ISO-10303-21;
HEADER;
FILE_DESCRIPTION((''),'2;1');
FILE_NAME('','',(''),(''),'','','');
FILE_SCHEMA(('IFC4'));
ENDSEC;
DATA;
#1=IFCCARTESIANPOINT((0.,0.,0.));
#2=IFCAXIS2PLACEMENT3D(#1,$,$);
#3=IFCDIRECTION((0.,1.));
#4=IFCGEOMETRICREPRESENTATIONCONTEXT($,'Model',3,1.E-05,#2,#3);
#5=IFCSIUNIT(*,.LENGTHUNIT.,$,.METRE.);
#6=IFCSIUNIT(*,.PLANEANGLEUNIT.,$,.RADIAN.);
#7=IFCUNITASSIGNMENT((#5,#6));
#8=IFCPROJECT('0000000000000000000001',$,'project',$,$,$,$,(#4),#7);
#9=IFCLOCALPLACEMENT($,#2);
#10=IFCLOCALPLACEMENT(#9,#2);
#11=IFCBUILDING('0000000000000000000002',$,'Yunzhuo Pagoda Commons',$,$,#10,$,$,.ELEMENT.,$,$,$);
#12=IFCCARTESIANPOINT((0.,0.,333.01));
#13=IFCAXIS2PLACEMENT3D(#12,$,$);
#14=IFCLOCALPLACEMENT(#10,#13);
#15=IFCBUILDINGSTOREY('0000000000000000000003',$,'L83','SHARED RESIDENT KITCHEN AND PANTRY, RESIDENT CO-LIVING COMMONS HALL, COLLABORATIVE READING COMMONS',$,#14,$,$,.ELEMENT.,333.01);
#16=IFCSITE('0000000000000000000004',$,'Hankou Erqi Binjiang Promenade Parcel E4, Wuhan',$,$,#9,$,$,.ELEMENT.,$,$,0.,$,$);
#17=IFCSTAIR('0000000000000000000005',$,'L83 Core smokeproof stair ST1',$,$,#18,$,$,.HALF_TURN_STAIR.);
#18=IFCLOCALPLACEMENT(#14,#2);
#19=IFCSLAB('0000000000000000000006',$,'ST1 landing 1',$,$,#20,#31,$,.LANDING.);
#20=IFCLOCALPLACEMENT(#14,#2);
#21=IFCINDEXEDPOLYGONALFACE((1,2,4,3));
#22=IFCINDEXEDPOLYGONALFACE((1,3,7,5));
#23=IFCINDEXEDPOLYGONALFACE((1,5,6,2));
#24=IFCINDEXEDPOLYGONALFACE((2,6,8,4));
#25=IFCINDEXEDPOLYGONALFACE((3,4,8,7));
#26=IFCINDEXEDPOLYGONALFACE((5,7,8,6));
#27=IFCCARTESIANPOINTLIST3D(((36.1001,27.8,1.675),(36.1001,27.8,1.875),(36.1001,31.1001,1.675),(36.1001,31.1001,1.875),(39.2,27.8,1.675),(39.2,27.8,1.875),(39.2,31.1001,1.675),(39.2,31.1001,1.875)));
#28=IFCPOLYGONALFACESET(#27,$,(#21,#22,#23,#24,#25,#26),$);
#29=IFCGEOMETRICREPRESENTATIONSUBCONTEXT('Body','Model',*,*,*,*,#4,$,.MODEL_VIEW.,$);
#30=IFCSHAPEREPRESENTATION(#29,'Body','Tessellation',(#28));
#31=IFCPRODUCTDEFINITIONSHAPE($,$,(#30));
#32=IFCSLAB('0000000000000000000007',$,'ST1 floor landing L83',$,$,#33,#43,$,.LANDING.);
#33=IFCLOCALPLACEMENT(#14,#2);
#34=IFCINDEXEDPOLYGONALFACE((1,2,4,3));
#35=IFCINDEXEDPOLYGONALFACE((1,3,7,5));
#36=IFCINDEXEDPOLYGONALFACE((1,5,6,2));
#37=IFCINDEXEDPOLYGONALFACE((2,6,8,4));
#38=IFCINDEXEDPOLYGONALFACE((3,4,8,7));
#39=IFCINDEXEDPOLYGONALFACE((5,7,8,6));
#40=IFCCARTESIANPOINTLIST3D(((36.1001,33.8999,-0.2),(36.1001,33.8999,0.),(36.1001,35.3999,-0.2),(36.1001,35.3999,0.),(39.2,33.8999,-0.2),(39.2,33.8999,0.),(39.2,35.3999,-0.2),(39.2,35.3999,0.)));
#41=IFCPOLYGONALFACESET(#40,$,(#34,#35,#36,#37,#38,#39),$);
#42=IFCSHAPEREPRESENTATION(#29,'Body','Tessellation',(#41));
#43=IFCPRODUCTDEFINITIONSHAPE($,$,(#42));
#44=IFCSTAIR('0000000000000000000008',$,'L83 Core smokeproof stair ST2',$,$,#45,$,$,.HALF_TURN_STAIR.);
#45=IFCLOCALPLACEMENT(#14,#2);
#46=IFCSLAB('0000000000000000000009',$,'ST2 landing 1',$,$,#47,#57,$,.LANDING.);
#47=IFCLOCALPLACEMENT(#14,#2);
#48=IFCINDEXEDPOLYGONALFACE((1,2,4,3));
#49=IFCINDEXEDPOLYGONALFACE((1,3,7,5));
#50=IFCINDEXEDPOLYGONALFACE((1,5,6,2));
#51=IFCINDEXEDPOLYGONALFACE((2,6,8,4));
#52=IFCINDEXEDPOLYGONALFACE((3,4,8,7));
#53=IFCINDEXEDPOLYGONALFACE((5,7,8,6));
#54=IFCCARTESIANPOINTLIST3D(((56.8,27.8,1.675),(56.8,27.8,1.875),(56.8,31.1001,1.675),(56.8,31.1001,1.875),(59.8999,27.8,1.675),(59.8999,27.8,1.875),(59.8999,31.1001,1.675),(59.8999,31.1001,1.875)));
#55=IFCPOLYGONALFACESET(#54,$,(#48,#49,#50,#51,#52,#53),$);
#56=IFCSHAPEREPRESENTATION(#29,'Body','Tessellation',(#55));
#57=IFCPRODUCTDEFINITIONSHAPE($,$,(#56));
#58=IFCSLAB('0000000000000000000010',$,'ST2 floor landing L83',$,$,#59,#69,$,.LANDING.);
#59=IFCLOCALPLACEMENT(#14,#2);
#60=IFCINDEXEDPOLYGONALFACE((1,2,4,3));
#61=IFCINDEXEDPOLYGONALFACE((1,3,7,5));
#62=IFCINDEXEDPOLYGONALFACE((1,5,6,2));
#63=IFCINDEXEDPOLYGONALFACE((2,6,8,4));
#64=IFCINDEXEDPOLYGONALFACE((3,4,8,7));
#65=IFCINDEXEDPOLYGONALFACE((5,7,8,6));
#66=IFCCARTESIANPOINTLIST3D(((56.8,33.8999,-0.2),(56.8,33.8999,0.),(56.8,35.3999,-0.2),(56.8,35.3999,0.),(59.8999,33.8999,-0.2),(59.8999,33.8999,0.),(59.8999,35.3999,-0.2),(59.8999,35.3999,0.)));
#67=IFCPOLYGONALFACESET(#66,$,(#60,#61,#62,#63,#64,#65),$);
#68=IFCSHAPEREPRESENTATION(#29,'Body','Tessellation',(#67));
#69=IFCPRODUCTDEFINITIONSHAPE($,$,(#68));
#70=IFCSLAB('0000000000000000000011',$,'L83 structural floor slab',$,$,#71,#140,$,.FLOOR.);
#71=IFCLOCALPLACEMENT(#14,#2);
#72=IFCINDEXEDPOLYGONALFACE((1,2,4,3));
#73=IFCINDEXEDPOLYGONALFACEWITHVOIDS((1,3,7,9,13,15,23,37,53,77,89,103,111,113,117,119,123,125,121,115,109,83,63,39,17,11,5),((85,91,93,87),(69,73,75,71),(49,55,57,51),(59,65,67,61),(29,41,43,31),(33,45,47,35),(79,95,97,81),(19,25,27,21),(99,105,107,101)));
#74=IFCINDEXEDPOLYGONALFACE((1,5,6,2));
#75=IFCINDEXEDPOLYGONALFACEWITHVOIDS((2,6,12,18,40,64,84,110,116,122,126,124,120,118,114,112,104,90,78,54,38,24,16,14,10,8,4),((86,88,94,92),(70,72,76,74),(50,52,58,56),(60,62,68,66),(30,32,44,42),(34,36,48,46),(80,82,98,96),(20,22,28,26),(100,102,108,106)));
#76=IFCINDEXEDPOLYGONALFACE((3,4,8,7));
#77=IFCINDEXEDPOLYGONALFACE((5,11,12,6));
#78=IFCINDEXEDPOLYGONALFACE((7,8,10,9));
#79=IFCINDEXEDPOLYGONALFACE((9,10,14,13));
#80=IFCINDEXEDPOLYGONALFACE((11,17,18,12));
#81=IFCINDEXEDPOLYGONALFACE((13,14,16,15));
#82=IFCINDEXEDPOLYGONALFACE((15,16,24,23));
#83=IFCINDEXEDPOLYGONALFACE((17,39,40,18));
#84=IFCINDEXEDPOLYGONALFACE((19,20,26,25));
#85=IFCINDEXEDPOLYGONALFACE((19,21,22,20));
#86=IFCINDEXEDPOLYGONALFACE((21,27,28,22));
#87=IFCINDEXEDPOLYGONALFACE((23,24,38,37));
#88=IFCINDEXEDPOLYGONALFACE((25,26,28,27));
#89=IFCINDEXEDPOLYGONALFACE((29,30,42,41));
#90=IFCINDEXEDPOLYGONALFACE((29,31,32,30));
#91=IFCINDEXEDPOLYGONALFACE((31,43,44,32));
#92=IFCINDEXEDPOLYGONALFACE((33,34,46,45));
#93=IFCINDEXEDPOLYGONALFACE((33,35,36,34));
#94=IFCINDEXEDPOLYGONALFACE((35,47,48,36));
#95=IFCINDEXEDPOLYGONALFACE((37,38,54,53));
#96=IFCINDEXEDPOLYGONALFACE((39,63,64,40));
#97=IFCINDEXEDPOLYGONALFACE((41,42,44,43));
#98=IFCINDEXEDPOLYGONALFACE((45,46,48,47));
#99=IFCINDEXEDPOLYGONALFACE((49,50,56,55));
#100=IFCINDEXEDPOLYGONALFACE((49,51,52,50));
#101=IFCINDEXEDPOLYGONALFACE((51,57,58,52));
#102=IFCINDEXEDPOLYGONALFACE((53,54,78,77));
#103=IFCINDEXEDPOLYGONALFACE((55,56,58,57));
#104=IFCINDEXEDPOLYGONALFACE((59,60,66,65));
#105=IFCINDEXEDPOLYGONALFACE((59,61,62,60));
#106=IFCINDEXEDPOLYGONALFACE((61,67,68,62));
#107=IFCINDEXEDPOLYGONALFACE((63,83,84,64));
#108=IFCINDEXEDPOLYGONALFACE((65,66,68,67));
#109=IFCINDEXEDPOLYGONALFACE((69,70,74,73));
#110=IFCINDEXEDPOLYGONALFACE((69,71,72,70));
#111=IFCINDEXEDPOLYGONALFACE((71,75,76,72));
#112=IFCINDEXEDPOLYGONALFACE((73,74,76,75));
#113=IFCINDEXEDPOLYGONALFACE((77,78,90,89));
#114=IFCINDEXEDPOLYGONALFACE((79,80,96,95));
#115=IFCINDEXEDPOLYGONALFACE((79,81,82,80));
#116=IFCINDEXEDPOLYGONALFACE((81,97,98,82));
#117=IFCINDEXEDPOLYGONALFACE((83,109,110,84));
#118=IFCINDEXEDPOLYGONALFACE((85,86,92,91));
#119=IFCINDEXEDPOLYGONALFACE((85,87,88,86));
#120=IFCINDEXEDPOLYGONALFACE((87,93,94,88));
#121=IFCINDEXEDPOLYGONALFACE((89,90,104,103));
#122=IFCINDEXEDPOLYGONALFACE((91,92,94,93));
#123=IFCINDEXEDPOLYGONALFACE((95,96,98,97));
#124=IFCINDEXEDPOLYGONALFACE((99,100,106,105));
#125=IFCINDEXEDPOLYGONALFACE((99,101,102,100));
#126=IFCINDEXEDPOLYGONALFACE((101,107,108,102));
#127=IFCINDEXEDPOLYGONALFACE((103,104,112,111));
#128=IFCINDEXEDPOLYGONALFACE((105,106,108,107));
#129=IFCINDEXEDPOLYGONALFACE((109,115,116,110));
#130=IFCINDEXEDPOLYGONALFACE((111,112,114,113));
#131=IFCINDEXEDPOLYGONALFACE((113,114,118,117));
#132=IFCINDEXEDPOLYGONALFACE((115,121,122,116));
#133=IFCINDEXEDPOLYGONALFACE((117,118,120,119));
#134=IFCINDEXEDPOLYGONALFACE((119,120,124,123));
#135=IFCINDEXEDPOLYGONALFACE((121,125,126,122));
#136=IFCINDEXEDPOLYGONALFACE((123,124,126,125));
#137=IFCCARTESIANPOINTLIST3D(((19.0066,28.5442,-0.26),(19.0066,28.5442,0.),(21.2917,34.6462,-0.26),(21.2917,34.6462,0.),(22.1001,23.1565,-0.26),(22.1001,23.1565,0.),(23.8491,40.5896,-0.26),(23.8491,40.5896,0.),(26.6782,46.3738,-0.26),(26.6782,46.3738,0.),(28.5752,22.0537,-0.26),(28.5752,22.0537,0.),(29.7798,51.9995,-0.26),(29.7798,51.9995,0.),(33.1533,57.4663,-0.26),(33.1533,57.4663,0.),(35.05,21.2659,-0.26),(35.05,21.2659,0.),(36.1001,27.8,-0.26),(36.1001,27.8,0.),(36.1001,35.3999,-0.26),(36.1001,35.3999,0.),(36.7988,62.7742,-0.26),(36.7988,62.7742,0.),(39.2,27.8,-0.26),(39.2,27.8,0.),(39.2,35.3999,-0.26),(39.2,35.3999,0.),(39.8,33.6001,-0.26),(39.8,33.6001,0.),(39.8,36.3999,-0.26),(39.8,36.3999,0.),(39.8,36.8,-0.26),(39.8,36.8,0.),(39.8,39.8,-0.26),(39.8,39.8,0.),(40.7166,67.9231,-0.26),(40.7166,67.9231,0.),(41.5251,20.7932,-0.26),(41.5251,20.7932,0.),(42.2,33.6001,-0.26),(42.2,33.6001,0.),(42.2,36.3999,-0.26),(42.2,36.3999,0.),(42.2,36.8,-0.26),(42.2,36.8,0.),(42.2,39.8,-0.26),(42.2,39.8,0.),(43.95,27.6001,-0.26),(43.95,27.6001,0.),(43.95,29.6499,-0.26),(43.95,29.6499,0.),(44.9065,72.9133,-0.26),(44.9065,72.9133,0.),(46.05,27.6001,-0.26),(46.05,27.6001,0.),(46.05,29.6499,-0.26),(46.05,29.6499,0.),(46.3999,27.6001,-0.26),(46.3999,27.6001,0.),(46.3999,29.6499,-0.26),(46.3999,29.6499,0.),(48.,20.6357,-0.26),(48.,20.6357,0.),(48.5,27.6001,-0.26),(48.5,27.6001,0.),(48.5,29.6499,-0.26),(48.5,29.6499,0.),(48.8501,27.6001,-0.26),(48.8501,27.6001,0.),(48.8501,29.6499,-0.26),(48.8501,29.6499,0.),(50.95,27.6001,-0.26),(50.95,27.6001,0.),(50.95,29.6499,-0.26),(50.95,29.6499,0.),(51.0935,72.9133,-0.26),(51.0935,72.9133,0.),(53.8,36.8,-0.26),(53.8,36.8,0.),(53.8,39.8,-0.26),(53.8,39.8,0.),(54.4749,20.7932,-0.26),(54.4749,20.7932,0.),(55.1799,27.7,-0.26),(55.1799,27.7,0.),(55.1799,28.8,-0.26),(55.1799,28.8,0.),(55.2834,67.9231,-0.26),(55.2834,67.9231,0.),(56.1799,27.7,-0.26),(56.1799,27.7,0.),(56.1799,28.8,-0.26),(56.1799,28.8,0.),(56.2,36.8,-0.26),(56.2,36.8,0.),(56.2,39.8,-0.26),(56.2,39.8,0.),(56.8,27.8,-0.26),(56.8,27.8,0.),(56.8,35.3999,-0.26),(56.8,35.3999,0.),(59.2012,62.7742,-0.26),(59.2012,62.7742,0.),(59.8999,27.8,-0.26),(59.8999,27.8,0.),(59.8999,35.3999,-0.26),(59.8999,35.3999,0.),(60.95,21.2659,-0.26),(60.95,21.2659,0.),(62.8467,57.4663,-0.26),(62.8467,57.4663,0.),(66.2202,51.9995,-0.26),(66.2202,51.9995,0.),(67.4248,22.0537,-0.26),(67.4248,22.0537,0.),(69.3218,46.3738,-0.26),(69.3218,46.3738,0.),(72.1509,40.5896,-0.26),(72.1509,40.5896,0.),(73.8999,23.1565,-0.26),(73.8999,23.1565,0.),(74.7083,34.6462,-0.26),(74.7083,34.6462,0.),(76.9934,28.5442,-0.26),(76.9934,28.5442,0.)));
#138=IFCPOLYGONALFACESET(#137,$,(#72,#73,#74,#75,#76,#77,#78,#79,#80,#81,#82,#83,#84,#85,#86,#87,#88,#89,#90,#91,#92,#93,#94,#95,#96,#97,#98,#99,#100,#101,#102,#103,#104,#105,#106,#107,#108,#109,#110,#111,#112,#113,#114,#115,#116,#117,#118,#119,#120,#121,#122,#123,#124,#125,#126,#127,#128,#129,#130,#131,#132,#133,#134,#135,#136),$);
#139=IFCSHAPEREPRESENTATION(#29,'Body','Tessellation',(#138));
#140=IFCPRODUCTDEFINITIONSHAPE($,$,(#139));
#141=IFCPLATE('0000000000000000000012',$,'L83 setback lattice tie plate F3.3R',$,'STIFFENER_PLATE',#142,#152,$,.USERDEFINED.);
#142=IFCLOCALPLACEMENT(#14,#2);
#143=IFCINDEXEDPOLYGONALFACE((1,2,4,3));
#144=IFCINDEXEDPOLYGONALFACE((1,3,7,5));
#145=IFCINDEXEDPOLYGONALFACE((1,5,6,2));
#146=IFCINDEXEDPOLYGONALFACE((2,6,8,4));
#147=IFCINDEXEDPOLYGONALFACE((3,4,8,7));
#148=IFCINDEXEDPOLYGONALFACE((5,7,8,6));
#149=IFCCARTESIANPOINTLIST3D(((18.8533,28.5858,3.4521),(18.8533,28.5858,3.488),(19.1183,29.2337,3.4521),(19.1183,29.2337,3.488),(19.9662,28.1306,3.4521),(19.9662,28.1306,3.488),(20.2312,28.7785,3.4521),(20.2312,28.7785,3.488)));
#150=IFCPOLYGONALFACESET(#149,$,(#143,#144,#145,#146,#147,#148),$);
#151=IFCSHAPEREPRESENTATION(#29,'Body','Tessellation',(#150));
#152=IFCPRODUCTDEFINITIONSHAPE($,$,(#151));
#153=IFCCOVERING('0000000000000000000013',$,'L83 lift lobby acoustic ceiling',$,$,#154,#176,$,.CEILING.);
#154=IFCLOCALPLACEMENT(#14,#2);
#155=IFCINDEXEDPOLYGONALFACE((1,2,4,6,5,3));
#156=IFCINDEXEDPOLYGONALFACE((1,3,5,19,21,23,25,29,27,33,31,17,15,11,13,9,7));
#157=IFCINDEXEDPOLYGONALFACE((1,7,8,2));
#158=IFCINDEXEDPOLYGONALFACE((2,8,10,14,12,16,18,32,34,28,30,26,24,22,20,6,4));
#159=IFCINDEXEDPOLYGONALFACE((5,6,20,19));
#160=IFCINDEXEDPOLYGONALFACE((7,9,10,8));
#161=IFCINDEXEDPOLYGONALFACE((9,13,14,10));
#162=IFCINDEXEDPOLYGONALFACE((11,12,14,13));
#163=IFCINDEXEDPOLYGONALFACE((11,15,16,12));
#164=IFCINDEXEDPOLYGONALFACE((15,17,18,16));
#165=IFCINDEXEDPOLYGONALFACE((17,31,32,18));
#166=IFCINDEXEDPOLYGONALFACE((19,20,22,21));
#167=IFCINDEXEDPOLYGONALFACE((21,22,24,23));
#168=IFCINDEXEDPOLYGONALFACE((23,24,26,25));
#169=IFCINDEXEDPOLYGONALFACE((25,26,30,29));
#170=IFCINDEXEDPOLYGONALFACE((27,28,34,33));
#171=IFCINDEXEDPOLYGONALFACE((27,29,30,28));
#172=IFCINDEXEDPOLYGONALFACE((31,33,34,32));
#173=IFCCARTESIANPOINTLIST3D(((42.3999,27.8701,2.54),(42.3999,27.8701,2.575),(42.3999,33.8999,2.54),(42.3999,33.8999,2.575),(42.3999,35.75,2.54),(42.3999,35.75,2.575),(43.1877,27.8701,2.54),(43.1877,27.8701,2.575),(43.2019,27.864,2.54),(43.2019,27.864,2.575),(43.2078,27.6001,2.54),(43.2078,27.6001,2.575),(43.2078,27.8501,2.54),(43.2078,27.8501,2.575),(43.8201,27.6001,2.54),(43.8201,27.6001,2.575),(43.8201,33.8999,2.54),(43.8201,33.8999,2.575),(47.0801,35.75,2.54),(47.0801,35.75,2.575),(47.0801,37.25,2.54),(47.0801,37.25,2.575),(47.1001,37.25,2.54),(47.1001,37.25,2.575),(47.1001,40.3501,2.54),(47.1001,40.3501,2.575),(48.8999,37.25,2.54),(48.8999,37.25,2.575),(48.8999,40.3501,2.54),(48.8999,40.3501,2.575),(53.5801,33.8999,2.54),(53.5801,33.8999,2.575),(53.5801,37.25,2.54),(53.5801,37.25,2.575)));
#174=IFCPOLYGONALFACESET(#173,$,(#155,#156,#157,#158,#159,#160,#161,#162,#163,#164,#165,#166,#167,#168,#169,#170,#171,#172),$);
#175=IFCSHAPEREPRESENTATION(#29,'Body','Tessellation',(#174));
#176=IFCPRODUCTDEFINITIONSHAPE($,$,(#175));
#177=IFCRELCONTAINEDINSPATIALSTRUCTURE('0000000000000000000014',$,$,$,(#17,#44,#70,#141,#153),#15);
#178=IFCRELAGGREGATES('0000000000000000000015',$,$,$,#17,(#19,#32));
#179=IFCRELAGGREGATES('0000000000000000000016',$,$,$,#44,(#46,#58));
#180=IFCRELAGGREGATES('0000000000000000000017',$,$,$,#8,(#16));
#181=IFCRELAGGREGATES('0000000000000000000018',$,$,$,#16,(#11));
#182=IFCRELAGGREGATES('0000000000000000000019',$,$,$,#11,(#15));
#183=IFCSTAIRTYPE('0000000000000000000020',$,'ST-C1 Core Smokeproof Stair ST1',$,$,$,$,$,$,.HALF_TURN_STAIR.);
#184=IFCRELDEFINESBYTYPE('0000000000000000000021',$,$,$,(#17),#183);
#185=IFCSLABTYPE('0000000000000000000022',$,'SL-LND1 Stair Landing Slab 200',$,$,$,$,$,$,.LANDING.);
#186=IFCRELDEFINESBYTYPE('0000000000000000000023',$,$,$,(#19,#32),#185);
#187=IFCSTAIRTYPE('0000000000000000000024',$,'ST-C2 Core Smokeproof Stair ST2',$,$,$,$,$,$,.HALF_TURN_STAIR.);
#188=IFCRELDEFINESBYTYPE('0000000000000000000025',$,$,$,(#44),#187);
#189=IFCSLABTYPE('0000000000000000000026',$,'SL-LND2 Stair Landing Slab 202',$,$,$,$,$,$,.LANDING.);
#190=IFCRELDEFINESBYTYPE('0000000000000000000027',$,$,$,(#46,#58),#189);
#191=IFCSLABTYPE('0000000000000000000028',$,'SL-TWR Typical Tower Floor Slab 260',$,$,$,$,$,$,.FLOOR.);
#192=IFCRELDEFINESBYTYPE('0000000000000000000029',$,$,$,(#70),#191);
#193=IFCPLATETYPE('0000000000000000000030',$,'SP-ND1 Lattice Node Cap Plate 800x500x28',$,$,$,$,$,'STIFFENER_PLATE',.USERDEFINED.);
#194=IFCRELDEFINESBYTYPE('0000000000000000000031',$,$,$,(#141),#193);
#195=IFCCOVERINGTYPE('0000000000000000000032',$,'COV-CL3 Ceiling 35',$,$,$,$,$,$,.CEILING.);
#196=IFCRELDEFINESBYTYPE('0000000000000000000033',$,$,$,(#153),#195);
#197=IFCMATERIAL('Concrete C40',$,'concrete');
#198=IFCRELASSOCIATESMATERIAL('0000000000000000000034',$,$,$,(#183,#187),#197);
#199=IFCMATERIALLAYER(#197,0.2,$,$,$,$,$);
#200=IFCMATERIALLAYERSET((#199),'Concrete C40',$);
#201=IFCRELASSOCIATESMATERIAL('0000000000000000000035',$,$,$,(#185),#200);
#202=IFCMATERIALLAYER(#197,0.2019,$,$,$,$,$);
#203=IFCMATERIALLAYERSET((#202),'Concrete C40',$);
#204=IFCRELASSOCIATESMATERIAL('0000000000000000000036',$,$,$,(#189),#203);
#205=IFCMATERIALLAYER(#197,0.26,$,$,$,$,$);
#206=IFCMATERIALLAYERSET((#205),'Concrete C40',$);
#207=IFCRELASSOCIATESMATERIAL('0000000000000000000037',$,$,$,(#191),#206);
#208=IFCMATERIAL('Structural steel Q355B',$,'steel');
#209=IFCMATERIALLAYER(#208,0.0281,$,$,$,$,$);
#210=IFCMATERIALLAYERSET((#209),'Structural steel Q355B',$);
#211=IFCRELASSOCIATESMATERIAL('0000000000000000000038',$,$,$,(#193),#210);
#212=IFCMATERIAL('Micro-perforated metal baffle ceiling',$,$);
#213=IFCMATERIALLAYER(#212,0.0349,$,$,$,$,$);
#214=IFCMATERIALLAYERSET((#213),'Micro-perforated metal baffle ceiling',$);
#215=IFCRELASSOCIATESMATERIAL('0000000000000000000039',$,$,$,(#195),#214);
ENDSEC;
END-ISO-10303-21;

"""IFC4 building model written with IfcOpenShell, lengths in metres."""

from ifc_helpers import new_model, si_unit, direction, frame, origin, origin_2d, place, context, subcontext, project, spatial, polyline, rectangle, outline, extrude, source, transform, mapped, material, layer, layer_set, type_object, element, aggregate, save


model = new_model("IFC4")

# Units and contexts
model_context = context("Model", 3, precision=1e-05, world=origin(), true_north=direction((0.0, 1.0)))
body_context = subcontext(model_context, "Body", "Model", "MODEL_VIEW")
ifc_project = project(units=[si_unit("LENGTHUNIT", "METRE"), si_unit("PLANEANGLEUNIT", "RADIAN")], contexts=[model_context])

# Site, building, storey
site_placement = place(None, origin())
site = spatial("IfcSite", under=ifc_project, at=site_placement, Name="Hankou Erqi Binjiang Promenade Parcel E4, Wuhan", CompositionType="ELEMENT", RefElevation=0.0)
building_placement = place(site_placement, origin())
building = spatial("IfcBuilding", under=site, at=building_placement, Name="Yunzhuo Pagoda Commons", CompositionType="ELEMENT")
storey_placement = place(building_placement, frame((0.0, 0.0, 333.01)))
storey = spatial("IfcBuildingStorey", under=building, at=storey_placement, Name="L83", Description="SHARED RESIDENT KITCHEN AND PANTRY, RESIDENT CO-LIVING COMMONS HALL, COLLABORATIVE READING COMMONS", CompositionType="ELEMENT", Elevation=333.01)

# Shared definitions
ifc_material_1 = material(Name="Structural steel Q355B", Category="steel")

# Shared definitions
ifc_material_2 = material(Name="Concrete C40", Category="concrete")

# Stairs, slabs
stair_type_1 = type_object("IfcStairType", Name="ST-C1 Core Smokeproof Stair ST1", PredefinedType="HALF_TURN_STAIR", material=ifc_material_2)
stair_1_placement = place(storey_placement, origin())
stair_1 = element("IfcStair", 1, at=stair_1_placement, inside=storey, type_object=stair_type_1, Name="L83 Core smokeproof stair ST1", PredefinedType="HALF_TURN_STAIR")
ifc_layer_1 = layer(ifc_material_2, 0.2)
ifc_layer_set_1 = layer_set([ifc_layer_1], Name="Concrete C40")
slab_type_1 = type_object("IfcSlabType", Name="SL-LND1 Stair Landing Slab 200", PredefinedType="LANDING", material=ifc_layer_set_1)
slab_1_placement = place(storey_placement, frame((0.0, 0.0, 1.675)))
slab_1 = element("IfcSlab", 2, at=slab_1_placement, type_object=slab_type_1, Name="ST1 landing 1", PredefinedType="LANDING", context=body_context, shape_type="SweptSolid", body=[
    extrude(outline(polyline([(36.1001, 31.1001), (36.1001, 27.8), (39.2, 27.8), (39.2, 31.1001), (36.1001, 31.1001)])), origin(), (0.0, 0.0, 1.0), 0.2),
])
slab_2_placement = place(storey_placement, frame((0.0, 0.0, -0.2)))
slab_2 = element("IfcSlab", 3, at=slab_2_placement, type_object=slab_type_1, Name="ST1 floor landing L83", PredefinedType="LANDING", context=body_context, shape_type="SweptSolid", body=[
    extrude(outline(polyline([(36.1001, 35.3999), (36.1001, 33.8999), (39.2, 33.8999), (39.2, 35.3999), (36.1001, 35.3999)])), origin(), (0.0, 0.0, 1.0), 0.2),
])
aggregate(stair_1, [slab_1, slab_2])
stair_type_2 = type_object("IfcStairType", Name="ST-C2 Core Smokeproof Stair ST2", PredefinedType="HALF_TURN_STAIR", material=ifc_material_2)
stair_2_placement = place(storey_placement, origin())
stair_2 = element("IfcStair", 4, at=stair_2_placement, inside=storey, type_object=stair_type_2, Name="L83 Core smokeproof stair ST2", PredefinedType="HALF_TURN_STAIR")
ifc_layer_2 = layer(ifc_material_2, 0.2019)
ifc_layer_set_2 = layer_set([ifc_layer_2], Name="Concrete C40")
slab_type_2 = type_object("IfcSlabType", Name="SL-LND2 Stair Landing Slab 202", PredefinedType="LANDING", material=ifc_layer_set_2)
slab_3_placement = place(storey_placement, frame((0.0, 0.0, 1.675)))
slab_3 = element("IfcSlab", 5, at=slab_3_placement, type_object=slab_type_2, Name="ST2 landing 1", PredefinedType="LANDING", context=body_context, shape_type="SweptSolid", body=[
    extrude(outline(polyline([(56.8, 31.1001), (56.8, 27.8), (59.8999, 27.8), (59.8999, 31.1001), (56.8, 31.1001)])), origin(), (0.0, 0.0, 1.0), 0.2),
])
slab_4_placement = place(storey_placement, frame((0.0, 0.0, -0.2)))
slab_4 = element("IfcSlab", 6, at=slab_4_placement, type_object=slab_type_2, Name="ST2 floor landing L83", PredefinedType="LANDING", context=body_context, shape_type="SweptSolid", body=[
    extrude(outline(polyline([(56.8, 35.3999), (56.8, 33.8999), (59.8999, 33.8999), (59.8999, 35.3999), (56.8, 35.3999)])), origin(), (0.0, 0.0, 1.0), 0.2),
])
aggregate(stair_2, [slab_3, slab_4])

# Slab
ifc_layer_3 = layer(ifc_material_2, 0.26)
ifc_layer_set_3 = layer_set([ifc_layer_3], Name="Concrete C40")
slab_type_3 = type_object("IfcSlabType", Name="SL-TWR Typical Tower Floor Slab 260", PredefinedType="FLOOR", material=ifc_layer_set_3)
slab_5_placement = place(storey_placement, frame((0.0, 0.0, -0.26)))
element("IfcSlab", 7, at=slab_5_placement, inside=storey, type_object=slab_type_3, Name="L83 structural floor slab", PredefinedType="FLOOR", context=body_context, shape_type="SweptSolid", body=[
    extrude(outline(polyline([(21.2917, 34.6462), (23.8491, 40.5896), (26.6782, 46.3738), (29.7798, 51.9995), (33.1533, 57.4663), (36.7988, 62.7742), (40.7166, 67.9231), (44.9065, 72.9133), (51.0935, 72.9133), (55.2834, 67.9231), (59.2012, 62.7742), (62.8467, 57.4663), (66.2202, 51.9995), (69.3218, 46.3738), (72.1509, 40.5896), (74.7083, 34.6462), (76.9934, 28.5442), (73.8999, 23.1565), (67.4248, 22.0537), (60.95, 21.2659), (54.4749, 20.7932), (48.0, 20.6357), (41.5251, 20.7932), (35.05, 21.2659), (28.5752, 22.0537), (22.1001, 23.1565), (19.0066, 28.5442), (21.2917, 34.6462)]), holes=[polyline([(56.1799, 28.8), (55.1799, 28.8), (55.1799, 27.7), (56.1799, 27.7), (56.1799, 28.8)]), polyline([(46.05, 29.6499), (43.95, 29.6499), (43.95, 27.6001), (46.05, 27.6001), (46.05, 29.6499)]), polyline([(48.5, 29.6499), (46.3999, 29.6499), (46.3999, 27.6001), (48.5, 27.6001), (48.5, 29.6499)]), polyline([(50.95, 29.6499), (48.8501, 29.6499), (48.8501, 27.6001), (50.95, 27.6001), (50.95, 29.6499)]), polyline([(39.2, 27.8), (39.2, 35.3999), (36.1001, 35.3999), (36.1001, 27.8), (39.2, 27.8)]), polyline([(59.8999, 27.8), (59.8999, 35.3999), (56.8, 35.3999), (56.8, 27.8), (59.8999, 27.8)]), polyline([(42.2, 36.3999), (39.8, 36.3999), (39.8, 33.6001), (42.2, 33.6001), (42.2, 36.3999)]), polyline([(42.2, 36.8), (42.2, 39.8), (39.8, 39.8), (39.8, 36.8), (42.2, 36.8)]), polyline([(56.2, 36.8), (56.2, 39.8), (53.8, 39.8), (53.8, 36.8), (56.2, 36.8)])]), origin(), (0.0, 0.0, 1.0), 0.26),
])

# Plate
ifc_layer_4 = layer(ifc_material_1, 0.0281)
ifc_layer_set_4 = layer_set([ifc_layer_4], Name="Structural steel Q355B")
plate_type_1 = type_object("IfcPlateType", Name="SP-ND1 Lattice Node Cap Plate 800x500x28", ElementType="STIFFENER_PLATE", PredefinedType="USERDEFINED", material=ifc_layer_set_4)
shared_shape_1 = source(origin(), body_context, "Body", "SweptSolid", [
    extrude(rectangle(XDim=0.7, YDim=1.2024, at=origin_2d()), origin(), (0.0, 0.0, 1.0), 0.0359),
])
plate_1_placement = place(storey_placement, frame((19.5422, 28.6821, 3.4521), z_axis=(0.0, 0.0, 1.0), x_axis=(-0.378568, -0.925574, 0.0)))
element("IfcPlate", 8, at=plate_1_placement, inside=storey, type_object=plate_type_1, Name="L83 setback lattice tie plate F3.3R", ObjectType="STIFFENER_PLATE", PredefinedType="USERDEFINED", context=body_context, shape_type="MappedRepresentation", body=[
    mapped(shared_shape_1, transform((0.0, 0.0, 0.0), scale=1.0)),
])

# Covering
ifc_material_3 = material(Name="Micro-perforated metal baffle ceiling")
ifc_layer_5 = layer(ifc_material_3, 0.0349)
ifc_layer_set_5 = layer_set([ifc_layer_5], Name="Micro-perforated metal baffle ceiling")
covering_type_1 = type_object("IfcCoveringType", Name="COV-CL3 Ceiling 35", PredefinedType="CEILING", material=ifc_layer_set_5)
covering_1_placement = place(storey_placement, frame((0.0, 0.0, 2.54)))
element("IfcCovering", 9, at=covering_1_placement, inside=storey, type_object=covering_type_1, Name="L83 lift lobby acoustic ceiling", PredefinedType="CEILING", context=body_context, shape_type="SweptSolid", body=[
    extrude(outline(polyline([(42.3999, 35.75), (47.0801, 35.75), (47.0801, 37.25), (47.1001, 37.25), (47.1001, 40.3501), (48.8999, 40.3501), (48.8999, 37.25), (53.5801, 37.25), (53.5801, 33.8999), (43.8201, 33.8999), (43.8201, 27.6001), (43.2078, 27.6001), (43.2078, 27.8501), (43.2019, 27.864), (43.1877, 27.8701), (42.3999, 27.8701), (42.3999, 33.8999), (42.3999, 35.75)])), origin(), (0.0, 0.0, 1.0), 0.0349),
])

save(model, "model.ifc")
